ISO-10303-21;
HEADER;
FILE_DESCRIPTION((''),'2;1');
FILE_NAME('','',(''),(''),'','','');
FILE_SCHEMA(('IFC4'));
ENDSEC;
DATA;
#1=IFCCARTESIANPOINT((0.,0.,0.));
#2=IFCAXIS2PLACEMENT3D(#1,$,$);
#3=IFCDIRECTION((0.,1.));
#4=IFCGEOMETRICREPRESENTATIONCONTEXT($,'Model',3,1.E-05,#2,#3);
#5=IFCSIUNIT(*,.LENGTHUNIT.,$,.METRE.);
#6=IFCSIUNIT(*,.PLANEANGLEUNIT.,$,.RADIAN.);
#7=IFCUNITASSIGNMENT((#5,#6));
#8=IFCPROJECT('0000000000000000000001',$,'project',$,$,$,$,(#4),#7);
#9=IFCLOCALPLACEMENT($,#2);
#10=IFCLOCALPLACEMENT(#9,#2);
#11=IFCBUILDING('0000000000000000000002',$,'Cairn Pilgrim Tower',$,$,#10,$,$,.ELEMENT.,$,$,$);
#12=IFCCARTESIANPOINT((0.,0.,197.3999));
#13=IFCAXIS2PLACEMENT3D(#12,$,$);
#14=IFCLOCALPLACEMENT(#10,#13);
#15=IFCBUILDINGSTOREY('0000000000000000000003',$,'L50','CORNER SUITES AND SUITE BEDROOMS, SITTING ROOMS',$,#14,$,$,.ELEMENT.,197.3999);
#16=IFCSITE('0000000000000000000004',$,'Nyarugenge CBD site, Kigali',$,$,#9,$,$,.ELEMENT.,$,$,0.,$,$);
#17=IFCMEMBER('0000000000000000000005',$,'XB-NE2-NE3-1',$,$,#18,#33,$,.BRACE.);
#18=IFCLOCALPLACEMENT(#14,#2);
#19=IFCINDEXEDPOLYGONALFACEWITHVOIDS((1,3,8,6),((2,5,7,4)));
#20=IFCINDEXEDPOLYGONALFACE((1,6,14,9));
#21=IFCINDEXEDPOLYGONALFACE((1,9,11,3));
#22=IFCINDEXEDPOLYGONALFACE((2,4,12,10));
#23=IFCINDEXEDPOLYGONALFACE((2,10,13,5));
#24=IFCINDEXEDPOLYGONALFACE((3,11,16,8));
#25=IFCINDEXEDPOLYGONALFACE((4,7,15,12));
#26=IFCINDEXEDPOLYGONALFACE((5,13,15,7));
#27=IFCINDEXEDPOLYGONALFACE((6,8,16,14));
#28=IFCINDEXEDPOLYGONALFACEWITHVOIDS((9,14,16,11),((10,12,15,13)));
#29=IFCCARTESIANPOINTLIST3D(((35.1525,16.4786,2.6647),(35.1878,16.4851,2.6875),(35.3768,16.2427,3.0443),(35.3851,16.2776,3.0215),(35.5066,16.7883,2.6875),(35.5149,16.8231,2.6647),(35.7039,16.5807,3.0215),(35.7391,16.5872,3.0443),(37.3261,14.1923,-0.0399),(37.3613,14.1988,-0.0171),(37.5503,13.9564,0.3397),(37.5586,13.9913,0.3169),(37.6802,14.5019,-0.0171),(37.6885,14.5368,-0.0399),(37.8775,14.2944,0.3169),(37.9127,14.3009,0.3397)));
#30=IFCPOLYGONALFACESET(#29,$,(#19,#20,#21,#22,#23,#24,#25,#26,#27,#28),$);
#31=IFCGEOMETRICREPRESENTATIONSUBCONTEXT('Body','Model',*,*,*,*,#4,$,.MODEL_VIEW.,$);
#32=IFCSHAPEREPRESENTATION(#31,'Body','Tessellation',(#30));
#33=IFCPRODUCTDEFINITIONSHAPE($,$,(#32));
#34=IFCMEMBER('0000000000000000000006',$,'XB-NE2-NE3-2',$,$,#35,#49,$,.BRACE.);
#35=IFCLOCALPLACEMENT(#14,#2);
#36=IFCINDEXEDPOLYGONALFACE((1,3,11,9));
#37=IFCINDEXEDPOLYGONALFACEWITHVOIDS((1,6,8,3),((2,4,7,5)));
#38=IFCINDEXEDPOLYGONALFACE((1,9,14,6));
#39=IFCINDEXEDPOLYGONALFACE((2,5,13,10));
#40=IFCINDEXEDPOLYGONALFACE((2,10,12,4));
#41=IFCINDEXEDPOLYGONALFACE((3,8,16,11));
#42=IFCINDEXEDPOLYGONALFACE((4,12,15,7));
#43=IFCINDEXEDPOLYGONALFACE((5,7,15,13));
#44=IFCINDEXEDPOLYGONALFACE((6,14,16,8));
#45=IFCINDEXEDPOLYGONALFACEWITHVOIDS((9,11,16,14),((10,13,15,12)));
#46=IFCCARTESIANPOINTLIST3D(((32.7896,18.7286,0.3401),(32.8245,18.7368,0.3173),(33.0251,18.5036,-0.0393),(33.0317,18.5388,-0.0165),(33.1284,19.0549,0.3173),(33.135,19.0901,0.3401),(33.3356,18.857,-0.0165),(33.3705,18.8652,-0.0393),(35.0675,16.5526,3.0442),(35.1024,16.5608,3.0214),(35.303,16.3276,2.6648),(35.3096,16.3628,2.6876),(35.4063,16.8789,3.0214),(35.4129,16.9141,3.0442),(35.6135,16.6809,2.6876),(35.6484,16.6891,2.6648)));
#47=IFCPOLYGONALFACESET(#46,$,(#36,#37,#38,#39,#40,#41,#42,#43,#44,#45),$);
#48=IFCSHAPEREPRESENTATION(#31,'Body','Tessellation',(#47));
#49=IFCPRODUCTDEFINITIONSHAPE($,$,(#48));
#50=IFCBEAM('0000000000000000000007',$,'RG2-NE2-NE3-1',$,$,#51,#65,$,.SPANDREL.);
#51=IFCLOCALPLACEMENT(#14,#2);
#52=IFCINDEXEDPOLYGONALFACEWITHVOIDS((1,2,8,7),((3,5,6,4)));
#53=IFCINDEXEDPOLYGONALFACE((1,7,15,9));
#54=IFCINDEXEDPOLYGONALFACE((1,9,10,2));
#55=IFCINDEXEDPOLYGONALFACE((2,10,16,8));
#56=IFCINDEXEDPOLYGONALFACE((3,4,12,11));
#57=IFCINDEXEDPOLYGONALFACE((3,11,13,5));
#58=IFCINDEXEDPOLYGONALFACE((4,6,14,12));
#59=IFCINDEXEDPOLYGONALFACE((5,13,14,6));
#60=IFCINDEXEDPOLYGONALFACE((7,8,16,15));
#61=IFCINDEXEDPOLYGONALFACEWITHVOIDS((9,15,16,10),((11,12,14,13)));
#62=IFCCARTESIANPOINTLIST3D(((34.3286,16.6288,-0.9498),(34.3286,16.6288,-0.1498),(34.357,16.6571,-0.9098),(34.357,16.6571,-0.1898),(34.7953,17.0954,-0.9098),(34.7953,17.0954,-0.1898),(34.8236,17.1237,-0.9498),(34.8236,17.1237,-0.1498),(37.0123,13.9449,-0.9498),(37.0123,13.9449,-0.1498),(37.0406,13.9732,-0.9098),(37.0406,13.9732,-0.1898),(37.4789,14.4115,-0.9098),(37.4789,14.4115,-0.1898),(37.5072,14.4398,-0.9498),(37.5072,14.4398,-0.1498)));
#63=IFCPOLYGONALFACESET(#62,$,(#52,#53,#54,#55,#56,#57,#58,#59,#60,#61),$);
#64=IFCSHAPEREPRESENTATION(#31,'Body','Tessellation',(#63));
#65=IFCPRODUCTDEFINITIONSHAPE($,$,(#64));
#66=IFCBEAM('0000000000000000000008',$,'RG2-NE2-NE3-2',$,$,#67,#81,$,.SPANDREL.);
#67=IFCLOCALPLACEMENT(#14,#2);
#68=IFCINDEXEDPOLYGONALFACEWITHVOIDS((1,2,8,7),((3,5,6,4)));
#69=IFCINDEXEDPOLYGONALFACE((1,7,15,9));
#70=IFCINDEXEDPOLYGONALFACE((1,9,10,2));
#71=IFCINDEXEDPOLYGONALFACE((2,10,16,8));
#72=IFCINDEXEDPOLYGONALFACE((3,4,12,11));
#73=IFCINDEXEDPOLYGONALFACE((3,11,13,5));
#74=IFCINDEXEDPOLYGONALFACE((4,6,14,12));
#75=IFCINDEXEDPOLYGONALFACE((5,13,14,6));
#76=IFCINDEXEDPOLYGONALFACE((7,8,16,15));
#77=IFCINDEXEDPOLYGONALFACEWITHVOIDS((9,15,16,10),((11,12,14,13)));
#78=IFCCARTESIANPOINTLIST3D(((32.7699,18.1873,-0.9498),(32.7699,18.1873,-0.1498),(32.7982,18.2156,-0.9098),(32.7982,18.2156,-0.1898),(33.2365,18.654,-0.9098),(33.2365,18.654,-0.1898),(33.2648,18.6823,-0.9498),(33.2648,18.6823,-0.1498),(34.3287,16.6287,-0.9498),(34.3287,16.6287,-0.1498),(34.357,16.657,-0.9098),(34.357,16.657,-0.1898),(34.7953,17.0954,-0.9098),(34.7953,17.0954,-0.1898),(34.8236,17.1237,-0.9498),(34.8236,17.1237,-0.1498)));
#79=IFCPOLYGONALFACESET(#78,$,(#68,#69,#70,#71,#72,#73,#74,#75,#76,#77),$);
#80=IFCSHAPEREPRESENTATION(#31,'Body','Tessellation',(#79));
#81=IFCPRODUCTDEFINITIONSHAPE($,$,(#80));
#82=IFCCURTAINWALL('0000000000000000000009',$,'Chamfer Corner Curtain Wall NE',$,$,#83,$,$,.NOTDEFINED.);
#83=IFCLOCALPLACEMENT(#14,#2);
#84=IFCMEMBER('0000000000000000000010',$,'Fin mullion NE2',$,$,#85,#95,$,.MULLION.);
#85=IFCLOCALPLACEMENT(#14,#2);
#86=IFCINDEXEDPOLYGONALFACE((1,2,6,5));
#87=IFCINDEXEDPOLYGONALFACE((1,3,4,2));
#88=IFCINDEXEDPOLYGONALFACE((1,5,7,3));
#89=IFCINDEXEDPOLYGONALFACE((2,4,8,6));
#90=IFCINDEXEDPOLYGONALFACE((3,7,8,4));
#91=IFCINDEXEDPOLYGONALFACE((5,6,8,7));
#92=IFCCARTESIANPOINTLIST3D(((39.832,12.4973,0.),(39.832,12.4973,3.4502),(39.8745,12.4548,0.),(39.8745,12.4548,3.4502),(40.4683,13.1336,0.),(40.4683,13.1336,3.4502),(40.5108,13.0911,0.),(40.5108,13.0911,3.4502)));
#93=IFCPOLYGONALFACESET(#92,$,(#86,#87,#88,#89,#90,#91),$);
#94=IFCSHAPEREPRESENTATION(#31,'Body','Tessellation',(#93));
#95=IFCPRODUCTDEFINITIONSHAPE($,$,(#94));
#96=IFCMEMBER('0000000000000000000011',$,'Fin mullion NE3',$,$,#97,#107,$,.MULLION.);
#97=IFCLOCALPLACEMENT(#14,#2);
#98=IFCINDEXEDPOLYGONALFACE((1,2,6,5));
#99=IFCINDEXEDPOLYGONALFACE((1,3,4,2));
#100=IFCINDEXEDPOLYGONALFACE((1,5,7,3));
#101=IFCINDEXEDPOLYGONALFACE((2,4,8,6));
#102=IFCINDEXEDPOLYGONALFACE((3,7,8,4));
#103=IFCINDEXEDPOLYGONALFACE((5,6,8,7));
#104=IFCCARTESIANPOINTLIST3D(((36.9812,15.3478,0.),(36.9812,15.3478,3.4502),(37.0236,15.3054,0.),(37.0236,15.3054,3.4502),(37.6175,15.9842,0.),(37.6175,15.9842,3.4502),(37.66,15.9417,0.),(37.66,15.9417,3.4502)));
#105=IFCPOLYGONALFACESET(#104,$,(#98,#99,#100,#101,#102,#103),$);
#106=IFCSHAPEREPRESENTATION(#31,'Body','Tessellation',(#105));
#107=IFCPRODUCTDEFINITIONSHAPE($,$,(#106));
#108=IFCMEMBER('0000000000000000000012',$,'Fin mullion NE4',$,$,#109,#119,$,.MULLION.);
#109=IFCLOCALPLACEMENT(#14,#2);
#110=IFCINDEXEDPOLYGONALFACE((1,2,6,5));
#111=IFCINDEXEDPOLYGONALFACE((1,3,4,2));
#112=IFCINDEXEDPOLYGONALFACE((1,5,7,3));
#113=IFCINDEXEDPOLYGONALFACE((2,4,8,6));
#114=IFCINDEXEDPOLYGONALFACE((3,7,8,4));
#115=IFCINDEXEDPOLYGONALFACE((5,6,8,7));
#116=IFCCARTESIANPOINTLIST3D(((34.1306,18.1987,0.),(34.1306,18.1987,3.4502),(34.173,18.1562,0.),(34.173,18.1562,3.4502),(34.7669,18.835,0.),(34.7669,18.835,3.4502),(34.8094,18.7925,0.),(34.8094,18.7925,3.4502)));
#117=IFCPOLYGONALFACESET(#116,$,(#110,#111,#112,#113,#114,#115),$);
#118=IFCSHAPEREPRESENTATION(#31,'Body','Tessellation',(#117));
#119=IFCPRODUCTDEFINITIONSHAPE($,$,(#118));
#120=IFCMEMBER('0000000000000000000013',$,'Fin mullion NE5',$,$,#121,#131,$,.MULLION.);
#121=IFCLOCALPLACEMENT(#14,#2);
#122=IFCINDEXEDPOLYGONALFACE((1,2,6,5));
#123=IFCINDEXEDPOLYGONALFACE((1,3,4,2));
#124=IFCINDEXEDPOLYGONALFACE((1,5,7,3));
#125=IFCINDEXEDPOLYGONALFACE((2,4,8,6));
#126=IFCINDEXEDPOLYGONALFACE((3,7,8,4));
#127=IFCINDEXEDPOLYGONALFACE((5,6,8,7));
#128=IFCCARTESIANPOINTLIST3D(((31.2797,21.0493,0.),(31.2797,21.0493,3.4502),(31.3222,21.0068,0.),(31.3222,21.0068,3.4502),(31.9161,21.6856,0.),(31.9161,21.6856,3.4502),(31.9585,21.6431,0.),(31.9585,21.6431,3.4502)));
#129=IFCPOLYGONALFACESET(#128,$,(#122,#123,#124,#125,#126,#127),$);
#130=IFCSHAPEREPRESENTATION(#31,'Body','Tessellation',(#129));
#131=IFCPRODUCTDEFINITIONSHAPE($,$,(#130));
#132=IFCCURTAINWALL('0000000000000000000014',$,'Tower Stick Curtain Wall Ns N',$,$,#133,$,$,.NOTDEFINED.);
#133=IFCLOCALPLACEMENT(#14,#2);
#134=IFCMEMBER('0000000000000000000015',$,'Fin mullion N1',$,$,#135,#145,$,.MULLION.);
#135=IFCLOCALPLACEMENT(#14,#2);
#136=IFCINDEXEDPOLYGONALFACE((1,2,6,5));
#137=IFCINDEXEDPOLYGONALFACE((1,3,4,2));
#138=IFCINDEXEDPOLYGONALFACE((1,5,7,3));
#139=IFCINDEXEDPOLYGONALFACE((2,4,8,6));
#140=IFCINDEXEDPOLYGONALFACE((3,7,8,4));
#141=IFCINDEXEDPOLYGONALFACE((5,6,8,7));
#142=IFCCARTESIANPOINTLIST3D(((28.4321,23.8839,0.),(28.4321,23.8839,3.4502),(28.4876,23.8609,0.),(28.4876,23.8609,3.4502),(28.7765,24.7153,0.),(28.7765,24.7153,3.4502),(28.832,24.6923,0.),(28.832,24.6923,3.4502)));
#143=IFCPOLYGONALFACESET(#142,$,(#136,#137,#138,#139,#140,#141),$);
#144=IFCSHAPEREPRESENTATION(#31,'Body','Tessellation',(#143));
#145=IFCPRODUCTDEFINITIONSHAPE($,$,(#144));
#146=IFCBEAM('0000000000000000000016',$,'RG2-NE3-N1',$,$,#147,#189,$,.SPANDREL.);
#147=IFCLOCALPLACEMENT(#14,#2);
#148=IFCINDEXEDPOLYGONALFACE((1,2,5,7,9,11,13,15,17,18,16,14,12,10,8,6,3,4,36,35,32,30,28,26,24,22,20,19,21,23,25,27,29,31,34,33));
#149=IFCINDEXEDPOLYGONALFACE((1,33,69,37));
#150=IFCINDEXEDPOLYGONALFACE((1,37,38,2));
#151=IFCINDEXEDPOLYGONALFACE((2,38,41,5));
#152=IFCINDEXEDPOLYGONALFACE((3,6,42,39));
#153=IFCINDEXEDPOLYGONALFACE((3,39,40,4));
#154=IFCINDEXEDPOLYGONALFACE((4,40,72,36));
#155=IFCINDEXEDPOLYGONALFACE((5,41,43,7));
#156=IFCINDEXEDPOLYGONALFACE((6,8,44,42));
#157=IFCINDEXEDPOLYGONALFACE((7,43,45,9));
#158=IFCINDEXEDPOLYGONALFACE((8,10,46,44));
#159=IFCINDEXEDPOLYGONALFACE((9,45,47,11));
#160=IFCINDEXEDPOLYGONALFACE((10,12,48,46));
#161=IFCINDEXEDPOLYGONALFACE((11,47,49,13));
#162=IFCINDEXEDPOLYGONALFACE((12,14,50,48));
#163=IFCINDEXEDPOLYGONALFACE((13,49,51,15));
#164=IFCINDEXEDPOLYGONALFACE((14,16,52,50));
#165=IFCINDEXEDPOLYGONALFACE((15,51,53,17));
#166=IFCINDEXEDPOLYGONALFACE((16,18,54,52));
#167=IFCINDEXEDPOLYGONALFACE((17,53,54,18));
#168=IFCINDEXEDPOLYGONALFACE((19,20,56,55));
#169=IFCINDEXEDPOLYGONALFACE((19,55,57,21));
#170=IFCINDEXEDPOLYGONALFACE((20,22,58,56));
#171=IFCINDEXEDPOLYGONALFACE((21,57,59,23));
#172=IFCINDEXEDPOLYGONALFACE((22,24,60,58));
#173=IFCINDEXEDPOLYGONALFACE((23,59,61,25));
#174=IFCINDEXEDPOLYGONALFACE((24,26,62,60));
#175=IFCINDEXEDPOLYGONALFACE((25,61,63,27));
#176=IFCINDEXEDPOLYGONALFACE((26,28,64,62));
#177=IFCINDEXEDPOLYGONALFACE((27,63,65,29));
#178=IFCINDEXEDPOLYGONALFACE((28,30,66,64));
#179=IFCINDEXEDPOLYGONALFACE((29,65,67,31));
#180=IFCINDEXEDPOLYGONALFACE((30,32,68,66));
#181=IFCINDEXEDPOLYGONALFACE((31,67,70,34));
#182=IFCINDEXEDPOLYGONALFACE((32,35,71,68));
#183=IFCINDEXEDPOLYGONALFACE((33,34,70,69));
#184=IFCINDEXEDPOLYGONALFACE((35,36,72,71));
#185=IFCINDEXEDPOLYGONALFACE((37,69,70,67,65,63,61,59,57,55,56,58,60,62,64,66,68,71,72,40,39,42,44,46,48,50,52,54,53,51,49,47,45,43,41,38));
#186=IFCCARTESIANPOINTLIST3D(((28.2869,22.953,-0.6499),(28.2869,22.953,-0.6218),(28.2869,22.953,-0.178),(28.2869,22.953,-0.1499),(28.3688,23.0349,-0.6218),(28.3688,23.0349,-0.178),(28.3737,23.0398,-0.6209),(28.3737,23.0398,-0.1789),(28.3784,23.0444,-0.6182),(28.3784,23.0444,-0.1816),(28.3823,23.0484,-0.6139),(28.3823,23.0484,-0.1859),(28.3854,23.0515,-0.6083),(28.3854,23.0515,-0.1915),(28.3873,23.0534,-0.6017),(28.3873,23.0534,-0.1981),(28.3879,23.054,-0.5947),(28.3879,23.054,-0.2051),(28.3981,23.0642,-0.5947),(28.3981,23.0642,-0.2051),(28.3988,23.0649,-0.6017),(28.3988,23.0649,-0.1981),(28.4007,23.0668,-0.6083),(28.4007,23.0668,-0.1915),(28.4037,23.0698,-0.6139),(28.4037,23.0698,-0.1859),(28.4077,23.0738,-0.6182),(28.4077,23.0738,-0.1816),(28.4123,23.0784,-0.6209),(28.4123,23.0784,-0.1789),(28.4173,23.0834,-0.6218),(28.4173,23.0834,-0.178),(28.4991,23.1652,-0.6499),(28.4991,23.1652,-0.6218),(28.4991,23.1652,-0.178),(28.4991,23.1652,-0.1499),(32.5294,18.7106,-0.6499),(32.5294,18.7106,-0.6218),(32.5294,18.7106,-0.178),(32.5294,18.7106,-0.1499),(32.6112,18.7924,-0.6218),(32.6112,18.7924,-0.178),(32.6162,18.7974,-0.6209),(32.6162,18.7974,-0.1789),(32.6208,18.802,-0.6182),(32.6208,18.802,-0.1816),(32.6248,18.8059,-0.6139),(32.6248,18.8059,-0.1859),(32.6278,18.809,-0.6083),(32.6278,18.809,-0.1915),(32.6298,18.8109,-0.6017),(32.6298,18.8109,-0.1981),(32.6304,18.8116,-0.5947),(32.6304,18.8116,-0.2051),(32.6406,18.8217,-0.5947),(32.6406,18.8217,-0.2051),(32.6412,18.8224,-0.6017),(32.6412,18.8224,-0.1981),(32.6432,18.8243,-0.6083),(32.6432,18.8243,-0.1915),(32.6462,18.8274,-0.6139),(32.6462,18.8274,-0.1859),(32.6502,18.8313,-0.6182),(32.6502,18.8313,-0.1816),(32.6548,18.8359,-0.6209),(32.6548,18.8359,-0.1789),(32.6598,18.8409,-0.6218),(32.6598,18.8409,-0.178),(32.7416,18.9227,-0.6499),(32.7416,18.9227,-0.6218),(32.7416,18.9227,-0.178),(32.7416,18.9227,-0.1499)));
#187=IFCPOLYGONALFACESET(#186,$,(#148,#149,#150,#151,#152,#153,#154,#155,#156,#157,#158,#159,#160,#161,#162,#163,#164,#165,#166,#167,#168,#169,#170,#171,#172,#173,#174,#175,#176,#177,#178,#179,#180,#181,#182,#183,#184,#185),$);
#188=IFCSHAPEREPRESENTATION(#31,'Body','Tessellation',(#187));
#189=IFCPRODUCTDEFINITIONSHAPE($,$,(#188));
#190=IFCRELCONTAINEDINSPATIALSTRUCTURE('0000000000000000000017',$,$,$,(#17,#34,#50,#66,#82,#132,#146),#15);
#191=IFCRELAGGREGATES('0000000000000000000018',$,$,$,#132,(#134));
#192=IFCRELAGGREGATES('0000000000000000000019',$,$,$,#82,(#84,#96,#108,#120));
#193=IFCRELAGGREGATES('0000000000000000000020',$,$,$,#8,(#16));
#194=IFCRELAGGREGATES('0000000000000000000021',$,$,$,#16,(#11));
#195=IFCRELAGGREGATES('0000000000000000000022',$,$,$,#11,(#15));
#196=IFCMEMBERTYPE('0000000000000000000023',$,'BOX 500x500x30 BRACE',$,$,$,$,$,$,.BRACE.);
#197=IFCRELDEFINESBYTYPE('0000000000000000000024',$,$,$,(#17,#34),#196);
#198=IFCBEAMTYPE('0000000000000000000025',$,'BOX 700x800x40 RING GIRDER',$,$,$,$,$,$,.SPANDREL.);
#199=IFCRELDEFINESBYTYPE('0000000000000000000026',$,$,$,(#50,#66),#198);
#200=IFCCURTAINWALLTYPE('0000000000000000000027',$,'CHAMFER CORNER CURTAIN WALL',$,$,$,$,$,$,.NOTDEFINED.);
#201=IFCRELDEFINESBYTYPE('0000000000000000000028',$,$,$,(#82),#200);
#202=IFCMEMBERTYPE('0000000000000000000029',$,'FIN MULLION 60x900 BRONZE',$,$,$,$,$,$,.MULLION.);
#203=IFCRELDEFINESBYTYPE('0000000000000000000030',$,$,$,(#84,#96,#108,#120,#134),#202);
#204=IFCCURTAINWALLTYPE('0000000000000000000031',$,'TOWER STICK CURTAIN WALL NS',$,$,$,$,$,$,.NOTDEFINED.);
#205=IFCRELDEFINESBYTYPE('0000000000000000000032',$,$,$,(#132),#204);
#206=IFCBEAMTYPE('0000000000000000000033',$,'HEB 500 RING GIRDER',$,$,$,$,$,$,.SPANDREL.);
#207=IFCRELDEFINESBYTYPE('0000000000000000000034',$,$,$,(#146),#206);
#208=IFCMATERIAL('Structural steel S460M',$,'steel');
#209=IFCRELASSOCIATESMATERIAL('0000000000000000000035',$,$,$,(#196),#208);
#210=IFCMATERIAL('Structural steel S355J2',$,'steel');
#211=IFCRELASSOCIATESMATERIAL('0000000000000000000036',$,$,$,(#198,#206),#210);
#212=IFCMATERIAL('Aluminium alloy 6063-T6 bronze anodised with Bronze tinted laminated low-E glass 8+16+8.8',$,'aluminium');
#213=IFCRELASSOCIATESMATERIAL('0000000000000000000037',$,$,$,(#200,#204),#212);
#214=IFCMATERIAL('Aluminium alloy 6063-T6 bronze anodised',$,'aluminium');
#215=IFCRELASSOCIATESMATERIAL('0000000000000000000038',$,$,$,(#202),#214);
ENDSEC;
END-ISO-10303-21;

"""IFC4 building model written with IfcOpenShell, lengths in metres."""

from ifc_helpers import new_model, si_unit, direction, frame, origin, origin_2d, place, context, subcontext, project, spatial, rectangle, hollow_rectangle, i_section, extrude, material, material_profile, profile_set, type_object, element, aggregate, save


model = new_model("IFC4")

# Units and contexts
model_context = context("Model", 3, precision=1e-05, world=origin(), true_north=direction((0.0, 1.0)))
body_context = subcontext(model_context, "Body", "Model", "MODEL_VIEW")
ifc_project = project(units=[si_unit("LENGTHUNIT", "METRE"), si_unit("PLANEANGLEUNIT", "RADIAN")], contexts=[model_context])

# Site, building, storey
site_placement = place(None, origin())
site = spatial("IfcSite", under=ifc_project, at=site_placement, Name="Nyarugenge CBD site, Kigali", CompositionType="ELEMENT", RefElevation=0.0)
building_placement = place(site_placement, origin())
building = spatial("IfcBuilding", under=site, at=building_placement, Name="Cairn Pilgrim Tower", CompositionType="ELEMENT")
storey_placement = place(building_placement, frame((0.0, 0.0, 197.3999)))
storey = spatial("IfcBuildingStorey", under=building, at=storey_placement, Name="L50", Description="CORNER SUITES AND SUITE BEDROOMS, SITTING ROOMS", CompositionType="ELEMENT", Elevation=197.3999)

# Shared definitions
ifc_material_1 = material(Name="Structural steel S460M", Category="steel")

# Members
ifc_material_profile_1 = material_profile(ifc_material_1, hollow_rectangle(XDim=0.5, YDim=0.5, WallThickness=0.03, at=origin_2d()), Name="BOX 500x500x30")
ifc_profile_set_1 = profile_set([ifc_material_profile_1], Name="Structural steel S460M")
member_type_1 = type_object("IfcMemberType", Name="BOX 500x500x30 BRACE", PredefinedType="BRACE", material=ifc_profile_set_1)
member_1_placement = place(storey_placement, frame((37.6194, 14.2466, 0.1499), z_axis=(-0.523083, 0.550227, 0.650872), x_axis=(-0.724758, -0.689004, 0.0)))
element("IfcMember", 1, at=member_1_placement, inside=storey, type_object=member_type_1, Name="XB-NE2-NE3-1", PredefinedType="BRACE", context=body_context, shape_type="SweptSolid", body=[
    extrude(hollow_rectangle(XDim=0.5, YDim=0.5, WallThickness=0.03, at=origin_2d()), origin(), (0.0, 0.0, 1.0), 4.1553),
])
member_2_placement = place(storey_placement, frame((33.0801, 18.7969, 0.1504), z_axis=(0.548664, -0.524142, 0.65134), x_axis=(0.690763, 0.723081, 0.0)))
element("IfcMember", 2, at=member_2_placement, inside=storey, type_object=member_type_1, Name="XB-NE2-NE3-2", PredefinedType="BRACE", context=body_context, shape_type="SweptSolid", body=[
    extrude(hollow_rectangle(XDim=0.5, YDim=0.5, WallThickness=0.03, at=origin_2d()), origin(), (0.0, 0.0, 1.0), 4.1516),
])

# Beams
ifc_material_2 = material(Name="Structural steel S355J2", Category="steel")
ifc_material_profile_2 = material_profile(ifc_material_2, hollow_rectangle(XDim=0.7, YDim=0.8, WallThickness=0.04, at=origin_2d()), Name="BOX 700x800x40")
ifc_profile_set_2 = profile_set([ifc_material_profile_2], Name="Structural steel S355J2")
beam_type_1 = type_object("IfcBeamType", Name="BOX 700x800x40 RING GIRDER", PredefinedType="SPANDREL", material=ifc_profile_set_2)
beam_1_placement = place(storey_placement, frame((37.2598, 14.1924, -0.5498), z_axis=(-0.707075, 0.707139, 0.0), x_axis=(-0.707139, -0.707075, 0.0)))
element("IfcBeam", 3, at=beam_1_placement, inside=storey, type_object=beam_type_1, Name="RG2-NE2-NE3-1", PredefinedType="SPANDREL", context=body_context, shape_type="SweptSolid", body=[
    extrude(hollow_rectangle(XDim=0.7, YDim=0.8, WallThickness=0.04, at=origin_2d()), origin(), (0.0, 0.0, 1.0), 3.7954),
])
beam_2_placement = place(storey_placement, frame((34.5762, 16.8762, -0.5498), z_axis=(-0.707162, 0.707051, 0.0), x_axis=(-0.707051, -0.707162, 0.0)))
element("IfcBeam", 4, at=beam_2_placement, inside=storey, type_object=beam_type_1, Name="RG2-NE2-NE3-2", PredefinedType="SPANDREL", context=body_context, shape_type="SweptSolid", body=[
    extrude(hollow_rectangle(XDim=0.7, YDim=0.8, WallThickness=0.04, at=origin_2d()), origin(), (0.0, 0.0, 1.0), 2.2043),
])

# Curtain wall, members
ifc_material_3 = material(Name="Aluminium alloy 6063-T6 bronze anodised with Bronze tinted laminated low-E glass 8+16+8.8", Category="aluminium")
curtain_wall_type_1 = type_object("IfcCurtainWallType", Name="CHAMFER CORNER CURTAIN WALL", PredefinedType="NOTDEFINED", material=ifc_material_3)
curtain_wall_1_placement = place(storey_placement, origin())
curtain_wall_1 = element("IfcCurtainWall", 5, at=curtain_wall_1_placement, inside=storey, type_object=curtain_wall_type_1, Name="Chamfer Corner Curtain Wall NE", PredefinedType="NOTDEFINED")
ifc_material_4 = material(Name="Aluminium alloy 6063-T6 bronze anodised", Category="aluminium")
ifc_material_profile_3 = material_profile(ifc_material_4, rectangle(XDim=0.8999, YDim=0.0601, at=origin_2d()), Name="FIN MULLION 60x900 BRONZE")
ifc_profile_set_3 = profile_set([ifc_material_profile_3], Name="Aluminium alloy 6063-T6 bronze anodised")
member_type_2 = type_object("IfcMemberType", Name="FIN MULLION 60x900 BRONZE", PredefinedType="MULLION", material=ifc_profile_set_3)
member_3_placement = place(storey_placement, frame((40.1714, 12.7942, 0.0), z_axis=(0.0, 0.0, 1.0), x_axis=(0.707107, 0.707107, 0.0)))
member_3 = element("IfcMember", 6, at=member_3_placement, type_object=member_type_2, Name="Fin mullion NE2", PredefinedType="MULLION", context=body_context, shape_type="SweptSolid", body=[
    extrude(rectangle(XDim=0.8999, YDim=0.0601, at=origin_2d()), origin(), (0.0, 0.0, 1.0), 3.4502),
])
member_4_placement = place(storey_placement, frame((37.3206, 15.6448, 0.0), z_axis=(0.0, 0.0, 1.0), x_axis=(0.707107, 0.707107, 0.0)))
member_4 = element("IfcMember", 7, at=member_4_placement, type_object=member_type_2, Name="Fin mullion NE3", PredefinedType="MULLION", context=body_context, shape_type="SweptSolid", body=[
    extrude(rectangle(XDim=0.8999, YDim=0.0601, at=origin_2d()), origin(), (0.0, 0.0, 1.0), 3.4502),
])
member_5_placement = place(storey_placement, frame((34.47, 18.4956, 0.0), z_axis=(0.0, 0.0, 1.0), x_axis=(0.707107, 0.707107, 0.0)))
member_5 = element("IfcMember", 8, at=member_5_placement, type_object=member_type_2, Name="Fin mullion NE4", PredefinedType="MULLION", context=body_context, shape_type="SweptSolid", body=[
    extrude(rectangle(XDim=0.8999, YDim=0.0601, at=origin_2d()), origin(), (0.0, 0.0, 1.0), 3.4502),
])
member_6_placement = place(storey_placement, frame((31.6191, 21.3462, 0.0), z_axis=(0.0, 0.0, 1.0), x_axis=(0.707107, 0.707107, 0.0)))
member_6 = element("IfcMember", 9, at=member_6_placement, type_object=member_type_2, Name="Fin mullion NE5", PredefinedType="MULLION", context=body_context, shape_type="SweptSolid", body=[
    extrude(rectangle(XDim=0.8999, YDim=0.0601, at=origin_2d()), origin(), (0.0, 0.0, 1.0), 3.4502),
])

# Curtain wall, member
curtain_wall_type_2 = type_object("IfcCurtainWallType", Name="TOWER STICK CURTAIN WALL NS", PredefinedType="NOTDEFINED", material=ifc_material_3)
curtain_wall_2_placement = place(storey_placement, origin())
curtain_wall_2 = element("IfcCurtainWall", 10, at=curtain_wall_2_placement, inside=storey, type_object=curtain_wall_type_2, Name="Tower Stick Curtain Wall Ns N", PredefinedType="NOTDEFINED")
member_7_placement = place(storey_placement, frame((28.6321, 24.2881, 0.0), z_axis=(0.0, 0.0, 1.0), x_axis=(0.382683, 0.92388, 0.0)))
member_7 = element("IfcMember", 11, at=member_7_placement, type_object=member_type_2, Name="Fin mullion N1", PredefinedType="MULLION", context=body_context, shape_type="SweptSolid", body=[
    extrude(rectangle(XDim=0.8999, YDim=0.0601, at=origin_2d()), origin(), (0.0, 0.0, 1.0), 3.4502),
])
aggregate(curtain_wall_2, [member_7])

# Beam
ifc_material_profile_4 = material_profile(ifc_material_2, i_section(OverallWidth=0.3, OverallDepth=0.5, WebThickness=0.0144, FlangeThickness=0.0281, FilletRadius=0.0271, at=origin_2d()), Name="HEB 500")
ifc_profile_set_4 = profile_set([ifc_material_profile_4], Name="Structural steel S355J2")
beam_type_2 = type_object("IfcBeamType", Name="HEB 500 RING GIRDER", PredefinedType="SPANDREL", material=ifc_profile_set_4)
beam_3_placement = place(storey_placement, frame((32.6355, 18.8167, -0.3999), z_axis=(-0.707107, 0.707107, 0.0), x_axis=(-0.707107, -0.707107, 0.0)))
element("IfcBeam", 12, at=beam_3_placement, inside=storey, type_object=beam_type_2, Name="RG2-NE3-N1", PredefinedType="SPANDREL", context=body_context, shape_type="SweptSolid", body=[
    extrude(i_section(OverallWidth=0.3, OverallDepth=0.5, WebThickness=0.0144, FlangeThickness=0.0281, FilletRadius=0.0271, at=origin_2d()), origin(), (0.0, 0.0, 1.0), 5.9998),
])

aggregate(curtain_wall_1, [member_3, member_4, member_5, member_6])

save(model, "model.ifc")
